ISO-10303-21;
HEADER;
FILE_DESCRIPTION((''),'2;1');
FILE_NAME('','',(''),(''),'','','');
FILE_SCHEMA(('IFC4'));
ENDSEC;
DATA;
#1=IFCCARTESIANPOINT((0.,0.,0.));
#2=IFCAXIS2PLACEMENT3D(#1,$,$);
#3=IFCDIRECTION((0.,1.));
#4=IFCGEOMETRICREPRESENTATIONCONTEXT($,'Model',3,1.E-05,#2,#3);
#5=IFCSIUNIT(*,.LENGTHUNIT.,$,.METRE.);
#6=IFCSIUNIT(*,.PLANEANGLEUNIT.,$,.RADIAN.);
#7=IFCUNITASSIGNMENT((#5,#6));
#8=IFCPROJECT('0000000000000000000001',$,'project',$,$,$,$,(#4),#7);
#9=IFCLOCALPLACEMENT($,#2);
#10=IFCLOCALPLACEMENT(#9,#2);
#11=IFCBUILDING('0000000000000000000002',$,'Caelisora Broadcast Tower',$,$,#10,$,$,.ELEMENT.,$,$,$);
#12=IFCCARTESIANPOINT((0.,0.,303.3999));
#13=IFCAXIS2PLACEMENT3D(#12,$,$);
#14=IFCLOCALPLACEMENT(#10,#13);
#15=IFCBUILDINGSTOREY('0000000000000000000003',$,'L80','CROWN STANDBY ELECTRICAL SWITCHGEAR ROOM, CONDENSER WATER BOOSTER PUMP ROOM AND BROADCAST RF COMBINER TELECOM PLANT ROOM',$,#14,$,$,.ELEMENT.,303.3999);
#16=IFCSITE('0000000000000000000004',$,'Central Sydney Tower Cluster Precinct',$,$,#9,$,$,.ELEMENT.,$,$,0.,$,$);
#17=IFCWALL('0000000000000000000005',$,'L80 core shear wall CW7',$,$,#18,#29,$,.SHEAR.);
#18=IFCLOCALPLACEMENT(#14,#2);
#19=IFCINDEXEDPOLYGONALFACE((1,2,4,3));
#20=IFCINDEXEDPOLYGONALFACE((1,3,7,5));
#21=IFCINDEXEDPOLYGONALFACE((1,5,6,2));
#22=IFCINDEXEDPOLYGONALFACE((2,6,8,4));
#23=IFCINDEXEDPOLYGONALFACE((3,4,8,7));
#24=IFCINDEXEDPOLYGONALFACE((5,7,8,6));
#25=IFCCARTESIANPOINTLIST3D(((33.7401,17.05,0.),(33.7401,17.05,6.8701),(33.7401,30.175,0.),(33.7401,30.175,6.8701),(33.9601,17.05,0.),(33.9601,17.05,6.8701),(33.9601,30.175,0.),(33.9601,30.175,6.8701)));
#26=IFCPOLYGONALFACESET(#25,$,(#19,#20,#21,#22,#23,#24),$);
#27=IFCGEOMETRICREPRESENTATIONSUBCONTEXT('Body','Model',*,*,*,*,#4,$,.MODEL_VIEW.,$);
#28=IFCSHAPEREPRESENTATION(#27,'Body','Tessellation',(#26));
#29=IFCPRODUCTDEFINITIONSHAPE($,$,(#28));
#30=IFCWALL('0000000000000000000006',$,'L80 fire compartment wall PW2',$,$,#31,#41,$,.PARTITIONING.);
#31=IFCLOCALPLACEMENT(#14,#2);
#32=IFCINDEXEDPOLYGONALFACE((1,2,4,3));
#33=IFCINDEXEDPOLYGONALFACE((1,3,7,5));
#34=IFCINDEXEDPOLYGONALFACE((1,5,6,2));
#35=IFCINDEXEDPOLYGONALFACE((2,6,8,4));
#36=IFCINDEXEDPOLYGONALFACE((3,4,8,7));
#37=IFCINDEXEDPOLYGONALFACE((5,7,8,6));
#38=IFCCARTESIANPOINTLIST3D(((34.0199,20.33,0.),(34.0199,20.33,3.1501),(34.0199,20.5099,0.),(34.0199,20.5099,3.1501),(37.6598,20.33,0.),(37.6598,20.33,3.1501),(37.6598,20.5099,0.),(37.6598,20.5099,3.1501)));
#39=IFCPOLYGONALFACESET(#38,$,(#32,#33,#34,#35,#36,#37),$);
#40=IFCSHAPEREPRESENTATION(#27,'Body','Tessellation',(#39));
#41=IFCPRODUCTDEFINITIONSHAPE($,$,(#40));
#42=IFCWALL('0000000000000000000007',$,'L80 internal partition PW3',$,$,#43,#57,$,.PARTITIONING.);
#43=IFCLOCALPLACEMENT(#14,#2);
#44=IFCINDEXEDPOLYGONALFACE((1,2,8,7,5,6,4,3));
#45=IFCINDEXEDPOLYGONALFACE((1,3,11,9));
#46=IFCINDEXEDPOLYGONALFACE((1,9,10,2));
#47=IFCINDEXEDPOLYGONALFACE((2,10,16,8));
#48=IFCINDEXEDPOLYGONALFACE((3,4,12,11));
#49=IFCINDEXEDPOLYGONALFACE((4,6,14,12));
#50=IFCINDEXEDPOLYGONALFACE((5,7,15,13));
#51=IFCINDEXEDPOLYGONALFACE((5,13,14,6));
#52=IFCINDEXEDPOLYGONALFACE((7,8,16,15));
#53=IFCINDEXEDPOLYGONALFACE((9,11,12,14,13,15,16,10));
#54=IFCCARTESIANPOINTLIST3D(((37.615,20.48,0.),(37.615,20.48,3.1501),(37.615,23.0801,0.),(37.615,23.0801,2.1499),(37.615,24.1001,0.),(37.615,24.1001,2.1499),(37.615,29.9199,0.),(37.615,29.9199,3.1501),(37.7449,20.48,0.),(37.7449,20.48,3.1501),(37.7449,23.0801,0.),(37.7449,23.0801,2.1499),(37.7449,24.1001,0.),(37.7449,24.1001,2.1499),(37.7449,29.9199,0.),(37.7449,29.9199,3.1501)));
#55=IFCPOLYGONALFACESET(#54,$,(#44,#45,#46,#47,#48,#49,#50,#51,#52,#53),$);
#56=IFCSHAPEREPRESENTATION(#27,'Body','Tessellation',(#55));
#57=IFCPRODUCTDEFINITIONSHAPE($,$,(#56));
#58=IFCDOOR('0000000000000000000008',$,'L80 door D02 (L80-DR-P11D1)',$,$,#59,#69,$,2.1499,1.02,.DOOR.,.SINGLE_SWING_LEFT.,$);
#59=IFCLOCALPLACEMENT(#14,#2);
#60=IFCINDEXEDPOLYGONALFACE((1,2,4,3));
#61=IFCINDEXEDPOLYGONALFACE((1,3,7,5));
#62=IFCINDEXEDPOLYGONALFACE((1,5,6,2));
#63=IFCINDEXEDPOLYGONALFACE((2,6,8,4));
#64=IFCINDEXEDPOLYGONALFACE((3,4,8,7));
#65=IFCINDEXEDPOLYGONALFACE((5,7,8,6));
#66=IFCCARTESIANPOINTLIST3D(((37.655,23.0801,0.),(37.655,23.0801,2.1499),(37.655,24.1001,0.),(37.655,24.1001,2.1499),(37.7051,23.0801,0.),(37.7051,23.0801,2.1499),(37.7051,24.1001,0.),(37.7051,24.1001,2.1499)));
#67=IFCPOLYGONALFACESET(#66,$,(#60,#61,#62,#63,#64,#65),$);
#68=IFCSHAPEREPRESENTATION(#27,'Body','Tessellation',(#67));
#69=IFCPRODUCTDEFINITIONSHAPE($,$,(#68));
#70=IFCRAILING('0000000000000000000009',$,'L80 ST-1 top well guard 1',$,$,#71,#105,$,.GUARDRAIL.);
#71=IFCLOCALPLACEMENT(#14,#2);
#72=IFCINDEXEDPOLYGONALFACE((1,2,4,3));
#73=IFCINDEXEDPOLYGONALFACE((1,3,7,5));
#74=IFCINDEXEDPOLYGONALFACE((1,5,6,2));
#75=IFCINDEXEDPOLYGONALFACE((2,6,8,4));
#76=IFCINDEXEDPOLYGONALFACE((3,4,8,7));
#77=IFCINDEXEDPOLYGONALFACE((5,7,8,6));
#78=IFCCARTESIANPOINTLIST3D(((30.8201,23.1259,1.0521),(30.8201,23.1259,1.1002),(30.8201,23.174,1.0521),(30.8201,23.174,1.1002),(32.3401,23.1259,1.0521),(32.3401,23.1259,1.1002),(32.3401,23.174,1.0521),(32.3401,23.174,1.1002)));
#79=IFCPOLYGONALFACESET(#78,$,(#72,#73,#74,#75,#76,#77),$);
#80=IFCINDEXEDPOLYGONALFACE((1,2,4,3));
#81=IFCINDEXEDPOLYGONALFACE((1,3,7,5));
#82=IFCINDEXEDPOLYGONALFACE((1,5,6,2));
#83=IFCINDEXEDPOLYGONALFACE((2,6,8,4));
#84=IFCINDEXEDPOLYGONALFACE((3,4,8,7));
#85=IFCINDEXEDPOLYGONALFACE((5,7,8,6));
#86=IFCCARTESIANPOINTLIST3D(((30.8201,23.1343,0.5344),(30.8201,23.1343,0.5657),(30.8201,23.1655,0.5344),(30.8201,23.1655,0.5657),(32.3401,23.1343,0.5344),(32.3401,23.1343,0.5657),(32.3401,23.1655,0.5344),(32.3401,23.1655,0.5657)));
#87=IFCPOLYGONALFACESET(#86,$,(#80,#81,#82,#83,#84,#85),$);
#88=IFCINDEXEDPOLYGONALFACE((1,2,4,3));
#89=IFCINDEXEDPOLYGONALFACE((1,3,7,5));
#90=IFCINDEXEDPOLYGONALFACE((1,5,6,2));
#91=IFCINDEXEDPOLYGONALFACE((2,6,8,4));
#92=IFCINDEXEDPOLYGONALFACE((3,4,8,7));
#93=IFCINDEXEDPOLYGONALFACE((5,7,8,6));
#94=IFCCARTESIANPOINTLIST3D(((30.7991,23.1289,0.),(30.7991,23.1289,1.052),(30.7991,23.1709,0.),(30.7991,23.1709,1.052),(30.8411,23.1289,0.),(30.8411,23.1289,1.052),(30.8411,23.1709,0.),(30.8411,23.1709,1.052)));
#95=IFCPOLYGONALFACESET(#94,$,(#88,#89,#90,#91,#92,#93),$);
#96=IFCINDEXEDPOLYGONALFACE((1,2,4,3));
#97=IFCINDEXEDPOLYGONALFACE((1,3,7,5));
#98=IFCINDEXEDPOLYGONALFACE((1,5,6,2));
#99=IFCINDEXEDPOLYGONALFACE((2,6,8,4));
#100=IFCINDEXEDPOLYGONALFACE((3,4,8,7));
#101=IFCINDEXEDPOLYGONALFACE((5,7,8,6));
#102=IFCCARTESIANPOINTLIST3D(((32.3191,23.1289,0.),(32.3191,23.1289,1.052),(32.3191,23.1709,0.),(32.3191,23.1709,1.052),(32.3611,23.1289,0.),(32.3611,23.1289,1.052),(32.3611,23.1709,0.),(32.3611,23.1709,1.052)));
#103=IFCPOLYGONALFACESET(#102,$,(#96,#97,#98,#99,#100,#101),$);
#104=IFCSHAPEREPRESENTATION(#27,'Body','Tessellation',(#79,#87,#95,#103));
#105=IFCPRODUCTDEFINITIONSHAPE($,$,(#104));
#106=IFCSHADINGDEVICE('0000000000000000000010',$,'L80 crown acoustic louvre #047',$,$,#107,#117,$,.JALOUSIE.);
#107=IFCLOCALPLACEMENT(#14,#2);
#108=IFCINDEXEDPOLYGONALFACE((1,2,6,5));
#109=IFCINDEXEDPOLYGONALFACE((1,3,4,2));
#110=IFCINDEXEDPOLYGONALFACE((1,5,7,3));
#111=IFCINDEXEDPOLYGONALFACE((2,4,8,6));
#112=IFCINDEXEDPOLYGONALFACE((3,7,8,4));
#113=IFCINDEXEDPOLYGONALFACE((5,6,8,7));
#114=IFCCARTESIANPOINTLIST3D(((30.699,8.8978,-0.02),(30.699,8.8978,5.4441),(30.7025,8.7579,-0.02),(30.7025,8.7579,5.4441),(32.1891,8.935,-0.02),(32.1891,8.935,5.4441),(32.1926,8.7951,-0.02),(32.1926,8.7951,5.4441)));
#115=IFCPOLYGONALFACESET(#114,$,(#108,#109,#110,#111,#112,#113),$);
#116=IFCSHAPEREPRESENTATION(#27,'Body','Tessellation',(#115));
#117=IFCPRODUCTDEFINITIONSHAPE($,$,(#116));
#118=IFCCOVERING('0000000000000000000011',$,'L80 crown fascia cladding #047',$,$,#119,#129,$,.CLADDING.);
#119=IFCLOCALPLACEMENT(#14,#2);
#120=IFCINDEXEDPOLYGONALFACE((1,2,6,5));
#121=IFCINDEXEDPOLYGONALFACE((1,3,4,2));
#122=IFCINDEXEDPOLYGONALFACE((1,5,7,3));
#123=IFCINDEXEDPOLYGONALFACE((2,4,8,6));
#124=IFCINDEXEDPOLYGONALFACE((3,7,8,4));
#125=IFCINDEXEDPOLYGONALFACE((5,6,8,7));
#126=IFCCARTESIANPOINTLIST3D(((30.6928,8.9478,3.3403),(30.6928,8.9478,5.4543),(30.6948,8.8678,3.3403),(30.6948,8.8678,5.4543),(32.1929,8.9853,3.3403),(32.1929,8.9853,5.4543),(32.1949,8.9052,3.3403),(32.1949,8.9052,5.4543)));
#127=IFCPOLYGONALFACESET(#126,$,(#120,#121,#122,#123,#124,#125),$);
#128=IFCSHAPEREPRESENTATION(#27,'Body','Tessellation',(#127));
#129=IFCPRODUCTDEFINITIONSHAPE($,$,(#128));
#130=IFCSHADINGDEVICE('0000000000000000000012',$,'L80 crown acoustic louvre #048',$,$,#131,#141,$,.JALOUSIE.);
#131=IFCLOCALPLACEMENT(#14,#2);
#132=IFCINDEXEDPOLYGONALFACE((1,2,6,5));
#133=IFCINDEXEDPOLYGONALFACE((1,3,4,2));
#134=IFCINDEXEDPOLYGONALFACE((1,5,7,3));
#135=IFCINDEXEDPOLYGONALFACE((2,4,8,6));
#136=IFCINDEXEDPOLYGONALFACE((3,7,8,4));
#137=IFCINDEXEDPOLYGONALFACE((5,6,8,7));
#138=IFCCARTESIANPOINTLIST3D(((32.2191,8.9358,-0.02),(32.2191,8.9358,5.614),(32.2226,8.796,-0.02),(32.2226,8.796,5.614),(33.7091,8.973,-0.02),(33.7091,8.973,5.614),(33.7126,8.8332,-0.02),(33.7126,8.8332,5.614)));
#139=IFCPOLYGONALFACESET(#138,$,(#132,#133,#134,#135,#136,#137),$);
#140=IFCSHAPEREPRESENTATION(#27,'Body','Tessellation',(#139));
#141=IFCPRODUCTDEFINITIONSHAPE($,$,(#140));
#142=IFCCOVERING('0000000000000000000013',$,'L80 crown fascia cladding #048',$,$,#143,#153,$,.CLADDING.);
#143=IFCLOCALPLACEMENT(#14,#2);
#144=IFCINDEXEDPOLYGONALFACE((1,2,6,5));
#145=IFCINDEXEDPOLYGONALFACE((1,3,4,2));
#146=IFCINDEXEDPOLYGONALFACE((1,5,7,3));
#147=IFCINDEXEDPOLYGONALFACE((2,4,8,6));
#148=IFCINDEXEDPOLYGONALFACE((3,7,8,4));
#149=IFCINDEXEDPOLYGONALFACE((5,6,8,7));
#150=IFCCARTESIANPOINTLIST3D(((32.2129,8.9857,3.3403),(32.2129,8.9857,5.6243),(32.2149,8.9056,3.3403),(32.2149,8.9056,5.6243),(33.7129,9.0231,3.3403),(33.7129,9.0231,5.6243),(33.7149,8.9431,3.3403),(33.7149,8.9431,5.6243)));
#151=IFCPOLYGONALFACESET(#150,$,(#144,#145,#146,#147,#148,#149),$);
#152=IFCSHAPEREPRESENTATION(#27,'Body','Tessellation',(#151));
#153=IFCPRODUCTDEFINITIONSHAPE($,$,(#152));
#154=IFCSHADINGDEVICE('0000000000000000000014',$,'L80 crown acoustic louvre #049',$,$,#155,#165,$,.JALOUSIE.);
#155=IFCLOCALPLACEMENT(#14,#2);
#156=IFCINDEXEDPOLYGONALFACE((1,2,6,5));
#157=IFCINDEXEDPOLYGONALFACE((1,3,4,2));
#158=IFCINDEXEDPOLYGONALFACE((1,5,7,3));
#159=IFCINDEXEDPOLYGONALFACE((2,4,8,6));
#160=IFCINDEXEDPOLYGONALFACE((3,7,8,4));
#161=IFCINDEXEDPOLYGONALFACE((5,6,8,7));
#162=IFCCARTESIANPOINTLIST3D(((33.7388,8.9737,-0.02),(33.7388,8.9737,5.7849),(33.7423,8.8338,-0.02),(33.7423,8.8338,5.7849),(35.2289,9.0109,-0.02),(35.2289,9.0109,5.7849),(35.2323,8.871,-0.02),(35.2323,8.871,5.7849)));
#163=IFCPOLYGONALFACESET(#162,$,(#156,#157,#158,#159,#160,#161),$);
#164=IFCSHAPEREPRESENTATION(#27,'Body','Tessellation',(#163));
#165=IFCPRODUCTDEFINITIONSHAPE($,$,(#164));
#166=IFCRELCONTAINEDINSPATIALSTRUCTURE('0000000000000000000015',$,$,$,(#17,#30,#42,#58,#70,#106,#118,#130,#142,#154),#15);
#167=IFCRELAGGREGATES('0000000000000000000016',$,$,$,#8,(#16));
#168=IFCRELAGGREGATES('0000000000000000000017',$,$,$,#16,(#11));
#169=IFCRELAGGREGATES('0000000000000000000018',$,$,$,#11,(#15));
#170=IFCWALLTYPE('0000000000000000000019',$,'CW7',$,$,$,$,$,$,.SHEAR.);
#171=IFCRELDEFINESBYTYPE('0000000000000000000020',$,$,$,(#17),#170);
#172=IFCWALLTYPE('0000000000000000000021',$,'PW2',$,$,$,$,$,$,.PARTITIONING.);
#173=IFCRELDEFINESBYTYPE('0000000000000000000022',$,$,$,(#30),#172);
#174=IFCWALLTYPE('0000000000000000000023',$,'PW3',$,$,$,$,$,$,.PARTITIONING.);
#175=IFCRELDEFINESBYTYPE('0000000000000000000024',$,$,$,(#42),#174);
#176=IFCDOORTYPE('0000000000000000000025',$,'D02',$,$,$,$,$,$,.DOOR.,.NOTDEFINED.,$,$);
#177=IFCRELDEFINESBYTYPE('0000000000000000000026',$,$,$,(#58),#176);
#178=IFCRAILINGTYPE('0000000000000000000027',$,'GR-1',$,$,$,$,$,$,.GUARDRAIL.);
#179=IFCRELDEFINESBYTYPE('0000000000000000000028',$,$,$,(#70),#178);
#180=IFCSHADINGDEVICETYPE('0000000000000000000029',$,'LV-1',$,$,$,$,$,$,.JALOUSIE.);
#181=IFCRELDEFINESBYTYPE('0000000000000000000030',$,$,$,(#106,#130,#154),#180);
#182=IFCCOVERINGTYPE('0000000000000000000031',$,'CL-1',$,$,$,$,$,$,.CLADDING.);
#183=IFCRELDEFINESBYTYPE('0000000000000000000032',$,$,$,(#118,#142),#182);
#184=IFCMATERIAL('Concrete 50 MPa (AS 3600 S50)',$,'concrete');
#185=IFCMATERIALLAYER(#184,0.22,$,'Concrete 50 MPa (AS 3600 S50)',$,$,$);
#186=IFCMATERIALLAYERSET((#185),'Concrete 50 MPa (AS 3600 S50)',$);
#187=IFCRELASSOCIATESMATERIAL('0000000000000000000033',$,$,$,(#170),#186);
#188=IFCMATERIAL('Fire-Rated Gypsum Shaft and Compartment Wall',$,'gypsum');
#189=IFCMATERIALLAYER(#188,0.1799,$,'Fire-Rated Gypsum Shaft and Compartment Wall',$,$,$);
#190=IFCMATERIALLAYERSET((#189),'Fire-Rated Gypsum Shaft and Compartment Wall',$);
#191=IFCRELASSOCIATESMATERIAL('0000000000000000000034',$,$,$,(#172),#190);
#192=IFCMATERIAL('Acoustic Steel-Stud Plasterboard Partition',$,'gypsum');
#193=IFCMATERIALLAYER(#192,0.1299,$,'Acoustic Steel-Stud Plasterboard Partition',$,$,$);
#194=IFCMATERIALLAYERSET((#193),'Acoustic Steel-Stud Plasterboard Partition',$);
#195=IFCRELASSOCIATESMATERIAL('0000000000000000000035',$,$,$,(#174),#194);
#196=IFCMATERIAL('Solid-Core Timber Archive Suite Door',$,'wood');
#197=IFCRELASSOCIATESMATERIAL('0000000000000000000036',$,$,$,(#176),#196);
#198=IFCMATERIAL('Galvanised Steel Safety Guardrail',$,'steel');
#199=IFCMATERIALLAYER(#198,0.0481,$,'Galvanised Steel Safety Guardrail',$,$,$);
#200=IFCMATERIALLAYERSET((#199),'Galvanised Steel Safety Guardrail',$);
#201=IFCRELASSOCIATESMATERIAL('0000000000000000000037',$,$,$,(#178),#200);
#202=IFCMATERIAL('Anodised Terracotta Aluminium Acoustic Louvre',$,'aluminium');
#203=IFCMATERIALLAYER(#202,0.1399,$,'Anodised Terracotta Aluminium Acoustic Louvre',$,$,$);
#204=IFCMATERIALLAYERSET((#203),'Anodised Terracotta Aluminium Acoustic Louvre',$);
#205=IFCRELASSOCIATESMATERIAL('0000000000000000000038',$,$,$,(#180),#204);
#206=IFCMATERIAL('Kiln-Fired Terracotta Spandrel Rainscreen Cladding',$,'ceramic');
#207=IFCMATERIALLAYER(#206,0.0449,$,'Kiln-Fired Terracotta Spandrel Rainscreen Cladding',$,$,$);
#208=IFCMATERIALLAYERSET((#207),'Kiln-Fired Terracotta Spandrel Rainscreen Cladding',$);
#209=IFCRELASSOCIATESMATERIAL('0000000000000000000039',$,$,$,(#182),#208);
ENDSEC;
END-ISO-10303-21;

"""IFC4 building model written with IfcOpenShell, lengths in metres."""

from ifc_helpers import new_model, si_unit, direction, frame, frame_2d, origin, origin_2d, place, context, subcontext, project, spatial, rectangle, extrude, source, transform, mapped, material, layer, layer_set, type_object, element, fill, save


model = new_model("IFC4")

# Units and contexts
model_context = context("Model", 3, precision=1e-05, world=origin(), true_north=direction((0.0, 1.0)))
body_context = subcontext(model_context, "Body", "Model", "MODEL_VIEW")
ifc_project = project(units=[si_unit("LENGTHUNIT", "METRE"), si_unit("PLANEANGLEUNIT", "RADIAN")], contexts=[model_context])

# Site, building, storey
site_placement = place(None, origin())
site = spatial("IfcSite", under=ifc_project, at=site_placement, Name="Central Sydney Tower Cluster Precinct", CompositionType="ELEMENT", RefElevation=0.0)
building_placement = place(site_placement, origin())
building = spatial("IfcBuilding", under=site, at=building_placement, Name="Caelisora Broadcast Tower", CompositionType="ELEMENT")
storey_placement = place(building_placement, frame((0.0, 0.0, 303.3999)))
storey = spatial("IfcBuildingStorey", under=building, at=storey_placement, Name="L80", Description="CROWN STANDBY ELECTRICAL SWITCHGEAR ROOM, CONDENSER WATER BOOSTER PUMP ROOM AND BROADCAST RF COMBINER TELECOM PLANT ROOM", CompositionType="ELEMENT", Elevation=303.3999)

# Walls
ifc_material_1 = material(Name="Concrete 50 MPa (AS 3600 S50)", Category="concrete")
ifc_layer_1 = layer(ifc_material_1, 0.22, Name="Concrete 50 MPa (AS 3600 S50)")
ifc_layer_set_1 = layer_set([ifc_layer_1], Name="Concrete 50 MPa (AS 3600 S50)")
wall_type_1 = type_object("IfcWallType", Name="CW7", PredefinedType="SHEAR", material=ifc_layer_set_1)
wall_1_placement = place(storey_placement, frame((33.8501, 17.05, 0.0), z_axis=(0.0, 0.0, 1.0), x_axis=(0.0, 1.0, 0.0)))
element("IfcWall", 1, at=wall_1_placement, inside=storey, type_object=wall_type_1, Name="L80 core shear wall CW7", PredefinedType="SHEAR", context=body_context, shape_type="SweptSolid", body=[
    extrude(rectangle(XDim=13.125, YDim=0.22, at=frame_2d((6.5625, 0.0))), origin(), (0.0, 0.0, 1.0), 6.8701),
])
ifc_material_2 = material(Name="Fire-Rated Gypsum Shaft and Compartment Wall", Category="gypsum")
ifc_layer_2 = layer(ifc_material_2, 0.1799, Name="Fire-Rated Gypsum Shaft and Compartment Wall")
ifc_layer_set_2 = layer_set([ifc_layer_2], Name="Fire-Rated Gypsum Shaft and Compartment Wall")
wall_type_2 = type_object("IfcWallType", Name="PW2", PredefinedType="PARTITIONING", material=ifc_layer_set_2)
wall_2_placement = place(storey_placement, frame((34.02, 20.4199, 0.0), z_axis=(0.0, 0.0, 1.0), x_axis=(1.0, 0.0, 0.0)))
element("IfcWall", 2, at=wall_2_placement, inside=storey, type_object=wall_type_2, Name="L80 fire compartment wall PW2", PredefinedType="PARTITIONING", context=body_context, shape_type="SweptSolid", body=[
    extrude(rectangle(XDim=3.6399, YDim=0.1799, at=frame_2d((1.8198, 0.0))), origin(), (0.0, 0.0, 1.0), 3.1501),
])

# Wall, opening, door
ifc_material_3 = material(Name="Acoustic Steel-Stud Plasterboard Partition", Category="gypsum")
ifc_layer_3 = layer(ifc_material_3, 0.1299, Name="Acoustic Steel-Stud Plasterboard Partition")
ifc_layer_set_3 = layer_set([ifc_layer_3], Name="Acoustic Steel-Stud Plasterboard Partition")
wall_type_3 = type_object("IfcWallType", Name="PW3", PredefinedType="PARTITIONING", material=ifc_layer_set_3)
wall_3_placement = place(storey_placement, frame((37.6799, 20.48, 0.0), z_axis=(0.0, 0.0, 1.0), x_axis=(0.0, 1.0, 0.0)))
wall_3 = element("IfcWall", 3, at=wall_3_placement, inside=storey, type_object=wall_type_3, Name="L80 internal partition PW3", PredefinedType="PARTITIONING", context=body_context, shape_type="SweptSolid", body=[
    extrude(rectangle(XDim=9.4399, YDim=0.1299, at=frame_2d((4.72, 0.0))), origin(), (0.0, 0.0, 1.0), 3.1501),
])
opening_1_placement = place(wall_3_placement, frame((2.6001, 0.0, 0.0)))
opening_1 = element("IfcOpeningElement", 4, at=opening_1_placement, cuts=wall_3, PredefinedType="OPENING", context=body_context, shape_type="SweptSolid", body=[
    extrude(rectangle(XDim=1.02, YDim=2.1499, at=frame_2d((0.51, 1.075))), frame((0.0, 0.0769, 0.0), z_axis=(0.0, -1.0, 0.0), x_axis=(1.0, 0.0, 0.0)), (0.0, 0.0, 1.0), 0.1538),
])
ifc_material_4 = material(Name="Solid-Core Timber Archive Suite Door", Category="wood")
door_type_1 = type_object("IfcDoorType", Name="D02", OperationType="NOTDEFINED", PredefinedType="DOOR", material=ifc_material_4)
door_1_placement = place(opening_1_placement, origin())
door_1 = element("IfcDoor", 5, at=door_1_placement, inside=storey, type_object=door_type_1, Name="L80 door D02 (L80-DR-P11D1)", OperationType="SINGLE_SWING_LEFT", OverallHeight=2.1499, OverallWidth=1.02, PredefinedType="DOOR", context=body_context, shape_type="SweptSolid", body=[
    extrude(rectangle(XDim=1.02, YDim=2.1499, at=frame_2d((0.51, 1.075))), frame((0.0, 0.0249, 0.0), z_axis=(0.0, -1.0, 0.0), x_axis=(1.0, 0.0, 0.0)), (0.0, 0.0, 1.0), 0.05),
])
fill(opening_1, door_1)

# Railing
ifc_material_5 = material(Name="Galvanised Steel Safety Guardrail", Category="steel")
ifc_layer_4 = layer(ifc_material_5, 0.0481, Name="Galvanised Steel Safety Guardrail")
ifc_layer_set_4 = layer_set([ifc_layer_4], Name="Galvanised Steel Safety Guardrail")
railing_type = type_object("IfcRailingType", Name="GR-1", PredefinedType="GUARDRAIL", material=ifc_layer_set_4)
railing_placement = place(storey_placement, frame((30.8201, 23.1499, 0.0)))
element("IfcRailing", 6, at=railing_placement, inside=storey, type_object=railing_type, Name="L80 ST-1 top well guard 1", PredefinedType="GUARDRAIL", context=body_context, shape_type="SweptSolid", body=[
    extrude(rectangle(XDim=0.0481, YDim=0.0481, at=origin_2d()), frame((0.0, 0.0, 1.0762), z_axis=(1.0, 0.0, 0.0), x_axis=(0.0, 1.0, 0.0)), (0.0, 0.0, 1.0), 1.52),
    extrude(rectangle(XDim=0.0312, YDim=0.0312, at=origin_2d()), frame((0.0, 0.0, 0.55), z_axis=(1.0, 0.0, 0.0), x_axis=(0.0, 1.0, 0.0)), (0.0, 0.0, 1.0), 1.52),
    extrude(rectangle(XDim=0.042, YDim=0.042, at=origin_2d()), origin(), (0.0, 0.0, 1.0), 1.052),
    extrude(rectangle(XDim=0.042, YDim=0.042, at=origin_2d()), frame((1.52, 0.0, 0.0)), (0.0, 0.0, 1.0), 1.052),
])

# Shading device
ifc_material_6 = material(Name="Anodised Terracotta Aluminium Acoustic Louvre", Category="aluminium")
ifc_layer_5 = layer(ifc_material_6, 0.1399, Name="Anodised Terracotta Aluminium Acoustic Louvre")
ifc_layer_set_5 = layer_set([ifc_layer_5], Name="Anodised Terracotta Aluminium Acoustic Louvre")
shading_device_type = type_object("IfcShadingDeviceType", Name="LV-1", PredefinedType="JALOUSIE", material=ifc_layer_set_5)
shared_shape_1 = source(origin(), body_context, "Body", "SweptSolid", [
    extrude(rectangle(XDim=1.4905, YDim=0.1399, at=origin_2d()), origin(), (0.0, 0.0, 1.0), 5.4641),
])
shading_device_1_placement = place(storey_placement, frame((31.4458, 8.8464, -0.02), z_axis=(0.0, 0.0, 1.0), x_axis=(0.999689, 0.024956, 0.0)))
element("IfcShadingDevice", 7, at=shading_device_1_placement, inside=storey, type_object=shading_device_type, Name="L80 crown acoustic louvre #047", PredefinedType="JALOUSIE", context=body_context, shape_type="MappedRepresentation", body=[
    mapped(shared_shape_1, transform((0.0, 0.0, 0.0), scale=1.0)),
])

# Covering
ifc_material_7 = material(Name="Kiln-Fired Terracotta Spandrel Rainscreen Cladding", Category="ceramic")
ifc_layer_6 = layer(ifc_material_7, 0.0449, Name="Kiln-Fired Terracotta Spandrel Rainscreen Cladding")
ifc_layer_set_6 = layer_set([ifc_layer_6], Name="Kiln-Fired Terracotta Spandrel Rainscreen Cladding")
covering_type = type_object("IfcCoveringType", Name="CL-1", PredefinedType="CLADDING", material=ifc_layer_set_6)
shared_shape_2 = source(origin(), body_context, "Body", "SweptSolid", [
    extrude(rectangle(XDim=1.5005, YDim=0.0801, at=origin_2d()), origin(), (0.0, 0.0, 1.0), 2.114),
])
covering_1_placement = place(storey_placement, frame((31.4438, 8.9265, 3.3403), z_axis=(0.0, 0.0, 1.0), x_axis=(0.999689, 0.024956, 0.0)))
element("IfcCovering", 8, at=covering_1_placement, inside=storey, type_object=covering_type, Name="L80 crown fascia cladding #047", PredefinedType="CLADDING", context=body_context, shape_type="MappedRepresentation", body=[
    mapped(shared_shape_2, transform((0.0, 0.0, 0.0), scale=1.0)),
])

# Shading device
shared_shape_3 = source(origin(), body_context, "Body", "SweptSolid", [
    extrude(rectangle(XDim=1.4905, YDim=0.1399, at=origin_2d()), origin(), (0.0, 0.0, 1.0), 5.634),
])
shading_device_2_placement = place(storey_placement, frame((32.9658, 8.8845, -0.02), z_axis=(0.0, 0.0, 1.0), x_axis=(0.999689, 0.024956, 0.0)))
element("IfcShadingDevice", 9, at=shading_device_2_placement, inside=storey, type_object=shading_device_type, Name="L80 crown acoustic louvre #048", PredefinedType="JALOUSIE", context=body_context, shape_type="MappedRepresentation", body=[
    mapped(shared_shape_3, transform((0.0, 0.0, 0.0), scale=1.0)),
])

# Covering
shared_shape_4 = source(origin(), body_context, "Body", "SweptSolid", [
    extrude(rectangle(XDim=1.5005, YDim=0.0801, at=origin_2d()), origin(), (0.0, 0.0, 1.0), 2.2839),
])
covering_2_placement = place(storey_placement, frame((32.9639, 8.9644, 3.3403), z_axis=(0.0, 0.0, 1.0), x_axis=(0.999689, 0.024956, 0.0)))
element("IfcCovering", 10, at=covering_2_placement, inside=storey, type_object=covering_type, Name="L80 crown fascia cladding #048", PredefinedType="CLADDING", context=body_context, shape_type="MappedRepresentation", body=[
    mapped(shared_shape_4, transform((0.0, 0.0, 0.0), scale=1.0)),
])

# Shading device
shared_shape_5 = source(origin(), body_context, "Body", "SweptSolid", [
    extrude(rectangle(XDim=1.4905, YDim=0.1399, at=origin_2d()), origin(), (0.0, 0.0, 1.0), 5.8049),
])
shading_device_3_placement = place(storey_placement, frame((34.4856, 8.9224, -0.02), z_axis=(0.0, 0.0, 1.0), x_axis=(0.999689, 0.024956, 0.0)))
element("IfcShadingDevice", 11, at=shading_device_3_placement, inside=storey, type_object=shading_device_type, Name="L80 crown acoustic louvre #049", PredefinedType="JALOUSIE", context=body_context, shape_type="MappedRepresentation", body=[
    mapped(shared_shape_5, transform((0.0, 0.0, 0.0), scale=1.0)),
])

save(model, "model.ifc")
